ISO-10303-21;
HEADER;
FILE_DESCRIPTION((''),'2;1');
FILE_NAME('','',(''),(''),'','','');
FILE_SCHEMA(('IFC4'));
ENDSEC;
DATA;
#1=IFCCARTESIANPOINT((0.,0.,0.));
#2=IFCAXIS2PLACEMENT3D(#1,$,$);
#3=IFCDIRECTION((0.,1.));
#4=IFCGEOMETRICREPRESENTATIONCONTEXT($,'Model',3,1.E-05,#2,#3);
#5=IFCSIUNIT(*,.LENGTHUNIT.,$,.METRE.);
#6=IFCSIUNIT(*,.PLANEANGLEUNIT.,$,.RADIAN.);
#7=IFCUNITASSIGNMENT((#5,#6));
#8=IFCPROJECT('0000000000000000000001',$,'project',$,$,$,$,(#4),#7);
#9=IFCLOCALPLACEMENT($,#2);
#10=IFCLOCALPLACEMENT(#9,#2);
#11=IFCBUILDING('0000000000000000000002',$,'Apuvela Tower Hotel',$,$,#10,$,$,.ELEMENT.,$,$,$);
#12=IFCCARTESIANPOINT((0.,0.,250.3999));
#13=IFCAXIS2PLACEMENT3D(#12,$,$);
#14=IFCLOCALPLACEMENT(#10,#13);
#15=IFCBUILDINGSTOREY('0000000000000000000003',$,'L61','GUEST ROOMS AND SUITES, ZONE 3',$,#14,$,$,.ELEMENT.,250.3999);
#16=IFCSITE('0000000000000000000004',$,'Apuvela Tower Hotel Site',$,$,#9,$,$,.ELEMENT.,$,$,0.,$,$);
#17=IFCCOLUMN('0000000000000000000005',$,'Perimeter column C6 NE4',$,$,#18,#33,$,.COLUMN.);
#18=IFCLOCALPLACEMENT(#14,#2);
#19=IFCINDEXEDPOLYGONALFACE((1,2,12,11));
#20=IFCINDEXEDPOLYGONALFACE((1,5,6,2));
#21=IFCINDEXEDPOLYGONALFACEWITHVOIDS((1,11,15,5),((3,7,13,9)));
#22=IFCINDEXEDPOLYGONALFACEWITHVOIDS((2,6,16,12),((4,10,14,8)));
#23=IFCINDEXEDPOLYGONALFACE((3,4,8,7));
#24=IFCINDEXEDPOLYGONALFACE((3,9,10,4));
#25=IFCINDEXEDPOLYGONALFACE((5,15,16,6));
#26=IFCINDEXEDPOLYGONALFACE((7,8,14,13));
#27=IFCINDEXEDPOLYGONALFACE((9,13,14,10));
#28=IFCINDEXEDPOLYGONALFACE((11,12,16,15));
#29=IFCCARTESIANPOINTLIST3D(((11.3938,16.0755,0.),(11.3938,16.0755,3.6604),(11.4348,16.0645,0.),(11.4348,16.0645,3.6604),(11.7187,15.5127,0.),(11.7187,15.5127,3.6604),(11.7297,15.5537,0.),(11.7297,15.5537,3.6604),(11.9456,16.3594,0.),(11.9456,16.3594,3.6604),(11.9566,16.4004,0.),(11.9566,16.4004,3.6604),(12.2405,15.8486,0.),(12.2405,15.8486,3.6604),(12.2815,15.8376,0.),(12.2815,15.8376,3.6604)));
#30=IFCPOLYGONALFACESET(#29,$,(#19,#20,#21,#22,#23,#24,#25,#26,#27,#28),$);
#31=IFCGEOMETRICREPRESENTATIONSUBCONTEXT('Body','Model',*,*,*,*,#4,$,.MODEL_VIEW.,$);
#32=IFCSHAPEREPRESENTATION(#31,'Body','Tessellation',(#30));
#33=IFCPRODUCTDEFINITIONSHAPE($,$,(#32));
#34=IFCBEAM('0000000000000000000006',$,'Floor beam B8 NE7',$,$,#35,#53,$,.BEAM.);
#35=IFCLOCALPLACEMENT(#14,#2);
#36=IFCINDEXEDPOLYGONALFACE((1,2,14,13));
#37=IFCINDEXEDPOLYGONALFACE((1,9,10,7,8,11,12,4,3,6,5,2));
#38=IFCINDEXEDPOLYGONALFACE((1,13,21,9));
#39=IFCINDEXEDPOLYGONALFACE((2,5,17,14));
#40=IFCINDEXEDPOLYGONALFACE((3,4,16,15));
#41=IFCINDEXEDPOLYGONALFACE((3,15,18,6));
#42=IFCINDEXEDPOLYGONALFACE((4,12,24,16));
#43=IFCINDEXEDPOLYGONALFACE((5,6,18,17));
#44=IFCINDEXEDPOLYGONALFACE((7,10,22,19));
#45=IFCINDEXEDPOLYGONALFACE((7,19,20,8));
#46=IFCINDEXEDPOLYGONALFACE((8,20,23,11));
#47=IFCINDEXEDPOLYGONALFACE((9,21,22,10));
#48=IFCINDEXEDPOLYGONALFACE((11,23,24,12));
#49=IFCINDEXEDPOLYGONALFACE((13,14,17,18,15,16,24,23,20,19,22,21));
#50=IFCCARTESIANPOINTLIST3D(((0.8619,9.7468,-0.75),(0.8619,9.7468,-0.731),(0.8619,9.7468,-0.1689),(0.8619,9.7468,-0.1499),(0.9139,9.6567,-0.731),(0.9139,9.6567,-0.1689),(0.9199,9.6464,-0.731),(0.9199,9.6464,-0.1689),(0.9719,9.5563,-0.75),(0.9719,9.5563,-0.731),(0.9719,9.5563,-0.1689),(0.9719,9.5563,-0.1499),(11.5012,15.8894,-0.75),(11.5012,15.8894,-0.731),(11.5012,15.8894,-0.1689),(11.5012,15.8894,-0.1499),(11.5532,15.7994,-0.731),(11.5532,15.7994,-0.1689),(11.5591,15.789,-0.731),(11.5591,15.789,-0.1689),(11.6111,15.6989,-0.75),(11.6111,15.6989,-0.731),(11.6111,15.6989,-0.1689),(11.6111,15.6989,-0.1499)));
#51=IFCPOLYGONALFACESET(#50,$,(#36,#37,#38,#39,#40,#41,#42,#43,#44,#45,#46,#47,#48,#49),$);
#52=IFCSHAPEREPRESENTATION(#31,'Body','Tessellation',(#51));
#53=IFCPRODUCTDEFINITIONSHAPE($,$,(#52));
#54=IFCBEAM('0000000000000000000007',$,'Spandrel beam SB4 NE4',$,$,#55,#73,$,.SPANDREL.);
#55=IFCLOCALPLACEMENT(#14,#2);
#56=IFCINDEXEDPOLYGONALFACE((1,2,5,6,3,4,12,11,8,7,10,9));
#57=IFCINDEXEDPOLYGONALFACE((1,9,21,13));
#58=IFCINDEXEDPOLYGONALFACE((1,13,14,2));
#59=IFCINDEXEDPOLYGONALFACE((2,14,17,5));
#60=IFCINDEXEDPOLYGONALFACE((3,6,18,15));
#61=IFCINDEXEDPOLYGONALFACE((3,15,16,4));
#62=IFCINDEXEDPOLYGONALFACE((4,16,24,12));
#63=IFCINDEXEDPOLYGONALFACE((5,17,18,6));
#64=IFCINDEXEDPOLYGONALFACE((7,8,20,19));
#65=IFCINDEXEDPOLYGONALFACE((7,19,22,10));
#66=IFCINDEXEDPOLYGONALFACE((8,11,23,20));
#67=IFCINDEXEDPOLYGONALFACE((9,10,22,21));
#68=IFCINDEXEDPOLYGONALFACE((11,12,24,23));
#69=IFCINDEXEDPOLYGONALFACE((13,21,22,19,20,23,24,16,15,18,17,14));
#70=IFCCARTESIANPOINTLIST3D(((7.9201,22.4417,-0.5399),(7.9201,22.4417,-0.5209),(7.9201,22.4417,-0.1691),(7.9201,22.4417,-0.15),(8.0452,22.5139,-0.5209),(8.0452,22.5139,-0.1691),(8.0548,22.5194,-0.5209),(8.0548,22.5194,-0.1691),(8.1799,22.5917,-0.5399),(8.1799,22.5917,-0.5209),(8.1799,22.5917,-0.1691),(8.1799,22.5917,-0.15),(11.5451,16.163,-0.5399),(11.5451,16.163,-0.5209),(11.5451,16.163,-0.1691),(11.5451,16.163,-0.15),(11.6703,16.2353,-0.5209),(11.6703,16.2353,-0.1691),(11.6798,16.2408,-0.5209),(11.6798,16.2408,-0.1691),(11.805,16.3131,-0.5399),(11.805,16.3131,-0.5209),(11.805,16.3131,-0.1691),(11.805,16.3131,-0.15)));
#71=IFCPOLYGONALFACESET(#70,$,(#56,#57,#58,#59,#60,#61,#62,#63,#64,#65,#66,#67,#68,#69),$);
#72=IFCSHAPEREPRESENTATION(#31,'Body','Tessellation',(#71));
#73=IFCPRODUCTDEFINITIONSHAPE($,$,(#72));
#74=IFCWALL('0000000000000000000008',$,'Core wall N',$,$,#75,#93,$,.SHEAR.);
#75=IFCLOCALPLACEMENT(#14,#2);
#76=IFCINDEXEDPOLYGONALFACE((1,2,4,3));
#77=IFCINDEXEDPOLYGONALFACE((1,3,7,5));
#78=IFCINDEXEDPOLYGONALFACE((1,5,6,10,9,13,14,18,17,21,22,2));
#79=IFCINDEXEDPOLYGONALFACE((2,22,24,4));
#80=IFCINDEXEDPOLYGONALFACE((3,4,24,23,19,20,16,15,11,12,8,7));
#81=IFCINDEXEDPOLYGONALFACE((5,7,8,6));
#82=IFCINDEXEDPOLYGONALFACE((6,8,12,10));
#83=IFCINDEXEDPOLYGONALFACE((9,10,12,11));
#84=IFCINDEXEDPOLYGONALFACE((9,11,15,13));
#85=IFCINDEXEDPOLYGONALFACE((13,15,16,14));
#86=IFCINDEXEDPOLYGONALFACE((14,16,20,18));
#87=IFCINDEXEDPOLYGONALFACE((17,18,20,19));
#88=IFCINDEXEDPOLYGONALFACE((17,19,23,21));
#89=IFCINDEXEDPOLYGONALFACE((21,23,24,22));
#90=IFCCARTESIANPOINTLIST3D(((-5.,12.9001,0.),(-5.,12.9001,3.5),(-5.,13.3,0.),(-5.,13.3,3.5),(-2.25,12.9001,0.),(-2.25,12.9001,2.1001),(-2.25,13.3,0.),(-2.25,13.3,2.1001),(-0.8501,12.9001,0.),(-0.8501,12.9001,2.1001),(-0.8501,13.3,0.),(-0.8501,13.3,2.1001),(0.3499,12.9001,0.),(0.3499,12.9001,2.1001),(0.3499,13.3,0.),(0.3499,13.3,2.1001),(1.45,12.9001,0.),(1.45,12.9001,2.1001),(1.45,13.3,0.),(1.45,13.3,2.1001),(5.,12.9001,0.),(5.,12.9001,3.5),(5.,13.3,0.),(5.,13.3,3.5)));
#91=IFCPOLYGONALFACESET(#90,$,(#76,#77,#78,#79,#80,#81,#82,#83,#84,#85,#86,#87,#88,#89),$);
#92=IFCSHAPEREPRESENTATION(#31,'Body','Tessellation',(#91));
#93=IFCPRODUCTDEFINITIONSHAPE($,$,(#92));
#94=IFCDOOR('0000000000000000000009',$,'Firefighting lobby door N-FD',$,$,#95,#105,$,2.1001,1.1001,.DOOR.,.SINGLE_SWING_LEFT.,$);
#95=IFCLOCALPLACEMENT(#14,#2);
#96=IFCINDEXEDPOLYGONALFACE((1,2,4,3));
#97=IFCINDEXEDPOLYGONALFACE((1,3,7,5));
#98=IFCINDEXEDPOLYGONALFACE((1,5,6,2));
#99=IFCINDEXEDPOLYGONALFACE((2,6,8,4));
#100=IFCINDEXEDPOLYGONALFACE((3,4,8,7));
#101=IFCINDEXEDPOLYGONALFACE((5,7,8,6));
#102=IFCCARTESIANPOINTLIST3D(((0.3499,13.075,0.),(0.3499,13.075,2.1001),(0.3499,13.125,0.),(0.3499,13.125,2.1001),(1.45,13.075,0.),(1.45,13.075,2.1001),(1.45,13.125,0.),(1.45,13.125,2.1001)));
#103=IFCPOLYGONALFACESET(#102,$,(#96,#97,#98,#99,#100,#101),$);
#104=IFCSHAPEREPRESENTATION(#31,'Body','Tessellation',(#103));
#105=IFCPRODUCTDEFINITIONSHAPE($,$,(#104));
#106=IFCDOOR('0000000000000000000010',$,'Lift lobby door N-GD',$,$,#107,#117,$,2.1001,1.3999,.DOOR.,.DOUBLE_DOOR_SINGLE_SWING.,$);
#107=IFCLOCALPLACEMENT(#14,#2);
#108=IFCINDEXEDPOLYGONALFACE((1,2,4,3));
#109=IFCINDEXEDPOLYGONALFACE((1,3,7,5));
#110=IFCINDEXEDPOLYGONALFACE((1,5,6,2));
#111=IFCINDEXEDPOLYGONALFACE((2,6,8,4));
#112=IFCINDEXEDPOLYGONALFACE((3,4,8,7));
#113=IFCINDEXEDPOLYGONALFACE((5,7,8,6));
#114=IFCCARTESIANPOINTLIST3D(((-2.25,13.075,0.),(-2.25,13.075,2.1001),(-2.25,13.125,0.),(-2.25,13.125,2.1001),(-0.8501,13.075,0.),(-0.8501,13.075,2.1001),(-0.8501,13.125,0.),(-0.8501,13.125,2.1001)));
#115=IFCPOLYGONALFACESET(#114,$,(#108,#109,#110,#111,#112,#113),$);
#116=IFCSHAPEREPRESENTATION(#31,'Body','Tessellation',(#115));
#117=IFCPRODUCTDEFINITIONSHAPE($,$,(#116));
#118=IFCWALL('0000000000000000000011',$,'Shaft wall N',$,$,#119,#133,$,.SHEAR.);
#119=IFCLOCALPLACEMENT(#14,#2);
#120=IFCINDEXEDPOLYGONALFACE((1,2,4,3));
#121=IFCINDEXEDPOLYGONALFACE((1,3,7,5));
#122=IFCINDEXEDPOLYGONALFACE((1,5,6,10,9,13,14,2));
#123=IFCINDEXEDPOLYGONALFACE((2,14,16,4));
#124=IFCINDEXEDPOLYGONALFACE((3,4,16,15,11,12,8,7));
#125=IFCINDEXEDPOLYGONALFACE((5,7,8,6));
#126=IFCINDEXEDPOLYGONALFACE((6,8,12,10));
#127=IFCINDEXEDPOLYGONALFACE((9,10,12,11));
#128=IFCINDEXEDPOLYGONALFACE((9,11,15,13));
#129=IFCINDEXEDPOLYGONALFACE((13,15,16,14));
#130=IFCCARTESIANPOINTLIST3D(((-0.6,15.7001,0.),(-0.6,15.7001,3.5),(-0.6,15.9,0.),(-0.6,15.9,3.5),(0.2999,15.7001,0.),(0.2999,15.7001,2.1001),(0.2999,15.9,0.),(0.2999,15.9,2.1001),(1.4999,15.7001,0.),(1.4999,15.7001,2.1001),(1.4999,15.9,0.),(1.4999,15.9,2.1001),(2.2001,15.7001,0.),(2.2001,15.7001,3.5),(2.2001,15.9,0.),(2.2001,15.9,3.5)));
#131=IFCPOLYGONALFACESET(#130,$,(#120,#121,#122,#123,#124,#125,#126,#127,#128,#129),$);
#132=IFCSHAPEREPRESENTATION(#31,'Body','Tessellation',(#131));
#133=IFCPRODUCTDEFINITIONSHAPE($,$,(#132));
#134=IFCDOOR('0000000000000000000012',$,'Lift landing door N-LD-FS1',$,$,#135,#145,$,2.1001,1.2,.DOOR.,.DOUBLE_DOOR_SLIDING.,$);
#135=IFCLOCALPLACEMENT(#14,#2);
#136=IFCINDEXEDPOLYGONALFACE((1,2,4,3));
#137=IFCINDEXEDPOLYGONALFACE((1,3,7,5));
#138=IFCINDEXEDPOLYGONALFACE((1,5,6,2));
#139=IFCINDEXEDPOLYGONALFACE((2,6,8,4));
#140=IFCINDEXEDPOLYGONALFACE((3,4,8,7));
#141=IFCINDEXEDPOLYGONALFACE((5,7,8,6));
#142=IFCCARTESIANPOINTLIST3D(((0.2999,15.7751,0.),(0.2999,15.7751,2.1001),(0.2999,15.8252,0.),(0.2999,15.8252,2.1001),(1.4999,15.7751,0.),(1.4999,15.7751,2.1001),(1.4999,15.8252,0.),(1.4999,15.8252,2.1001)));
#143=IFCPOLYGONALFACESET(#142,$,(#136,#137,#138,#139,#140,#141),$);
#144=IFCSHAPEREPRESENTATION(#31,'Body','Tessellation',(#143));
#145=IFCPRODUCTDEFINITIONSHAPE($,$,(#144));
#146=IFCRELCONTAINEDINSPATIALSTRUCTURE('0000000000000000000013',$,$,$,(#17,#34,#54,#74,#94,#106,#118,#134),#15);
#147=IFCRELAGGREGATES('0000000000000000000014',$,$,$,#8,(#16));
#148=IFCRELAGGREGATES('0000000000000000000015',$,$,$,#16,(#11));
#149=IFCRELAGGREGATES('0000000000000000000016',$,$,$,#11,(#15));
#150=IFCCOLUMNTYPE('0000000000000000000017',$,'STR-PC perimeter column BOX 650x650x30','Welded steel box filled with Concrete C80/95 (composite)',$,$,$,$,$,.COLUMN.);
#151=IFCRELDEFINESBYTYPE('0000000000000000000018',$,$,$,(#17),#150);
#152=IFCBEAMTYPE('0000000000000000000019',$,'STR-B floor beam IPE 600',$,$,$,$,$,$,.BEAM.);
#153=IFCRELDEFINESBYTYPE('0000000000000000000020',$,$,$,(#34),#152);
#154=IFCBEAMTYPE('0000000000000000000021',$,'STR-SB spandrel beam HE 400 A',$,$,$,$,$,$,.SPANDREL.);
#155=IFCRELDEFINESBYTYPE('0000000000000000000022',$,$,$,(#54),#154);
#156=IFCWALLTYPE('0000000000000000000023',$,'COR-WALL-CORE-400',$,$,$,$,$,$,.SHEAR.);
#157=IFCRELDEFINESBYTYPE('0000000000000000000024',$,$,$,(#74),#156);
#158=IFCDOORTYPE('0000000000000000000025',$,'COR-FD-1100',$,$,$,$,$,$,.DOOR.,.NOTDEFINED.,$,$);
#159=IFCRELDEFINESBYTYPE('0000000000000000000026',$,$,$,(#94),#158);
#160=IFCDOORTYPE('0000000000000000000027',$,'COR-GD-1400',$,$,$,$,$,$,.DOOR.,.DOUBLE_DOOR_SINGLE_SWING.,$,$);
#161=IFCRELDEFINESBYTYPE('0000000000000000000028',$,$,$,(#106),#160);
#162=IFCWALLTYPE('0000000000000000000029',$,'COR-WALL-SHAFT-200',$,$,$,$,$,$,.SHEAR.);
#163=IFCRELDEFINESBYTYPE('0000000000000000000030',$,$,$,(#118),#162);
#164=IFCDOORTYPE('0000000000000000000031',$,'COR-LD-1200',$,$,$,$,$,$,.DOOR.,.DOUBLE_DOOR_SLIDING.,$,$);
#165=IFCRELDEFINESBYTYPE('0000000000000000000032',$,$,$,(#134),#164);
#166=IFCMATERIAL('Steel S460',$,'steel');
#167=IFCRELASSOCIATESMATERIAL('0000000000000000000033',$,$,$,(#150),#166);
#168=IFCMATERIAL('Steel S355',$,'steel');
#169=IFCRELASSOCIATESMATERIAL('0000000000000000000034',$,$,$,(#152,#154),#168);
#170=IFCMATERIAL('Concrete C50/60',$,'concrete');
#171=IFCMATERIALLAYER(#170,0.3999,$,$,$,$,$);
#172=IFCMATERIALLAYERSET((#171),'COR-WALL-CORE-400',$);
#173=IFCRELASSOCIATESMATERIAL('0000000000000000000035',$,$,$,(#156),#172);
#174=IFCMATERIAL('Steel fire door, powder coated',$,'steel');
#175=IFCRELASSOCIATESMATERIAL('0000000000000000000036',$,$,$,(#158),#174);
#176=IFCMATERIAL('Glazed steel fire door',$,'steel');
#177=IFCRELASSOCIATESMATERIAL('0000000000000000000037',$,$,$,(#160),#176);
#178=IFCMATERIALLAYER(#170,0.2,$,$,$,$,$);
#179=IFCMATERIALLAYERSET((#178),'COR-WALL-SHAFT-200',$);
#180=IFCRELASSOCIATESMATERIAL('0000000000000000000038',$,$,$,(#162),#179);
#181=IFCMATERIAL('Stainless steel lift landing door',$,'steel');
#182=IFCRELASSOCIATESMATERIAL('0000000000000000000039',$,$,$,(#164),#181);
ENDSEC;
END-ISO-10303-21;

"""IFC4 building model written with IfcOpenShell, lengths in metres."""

from ifc_helpers import new_model, si_unit, direction, frame, frame_2d, origin, origin_2d, place, context, subcontext, project, spatial, rectangle, hollow_rectangle, i_section, extrude, boolean, halfspace, material, layer, layer_set, material_profile, profile_set, type_object, element, fill, save


model = new_model("IFC4")

# Units and contexts
model_context = context("Model", 3, precision=1e-05, world=origin(), true_north=direction((0.0, 1.0)))
body_context = subcontext(model_context, "Body", "Model", "MODEL_VIEW")
ifc_project = project(units=[si_unit("LENGTHUNIT", "METRE"), si_unit("PLANEANGLEUNIT", "RADIAN")], contexts=[model_context])

# Site, building, storey
site_placement = place(None, origin())
site = spatial("IfcSite", under=ifc_project, at=site_placement, Name="Apuvela Tower Hotel Site", CompositionType="ELEMENT", RefElevation=0.0)
building_placement = place(site_placement, origin())
building = spatial("IfcBuilding", under=site, at=building_placement, Name="Apuvela Tower Hotel", CompositionType="ELEMENT")
storey_placement = place(building_placement, frame((0.0, 0.0, 250.3999)))
storey = spatial("IfcBuildingStorey", under=building, at=storey_placement, Name="L61", Description="GUEST ROOMS AND SUITES, ZONE 3", CompositionType="ELEMENT", Elevation=250.3999)

# Column
ifc_material_1 = material(Name="Steel S460", Category="steel")
ifc_material_profile_1 = material_profile(ifc_material_1, hollow_rectangle(XDim=0.6499, YDim=0.6499, WallThickness=0.03, at=origin_2d()), Name="BOX 650x650x30")
ifc_material_2 = material(Name="Concrete C80/95", Category="concrete")
ifc_material_profile_2 = material_profile(ifc_material_2, rectangle(XDim=0.5901, YDim=0.5901, at=origin_2d()), Name="Concrete C80/95 infill")
ifc_profile_set_1 = profile_set([ifc_material_profile_1, ifc_material_profile_2], Name="Steel S460")
column_type = type_object("IfcColumnType", Name="STR-PC perimeter column BOX 650x650x30", Description="Welded steel box filled with Concrete C80/95 (composite)", PredefinedType="COLUMN", material=ifc_profile_set_1)
column_placement = place(storey_placement, frame((11.8376, 15.9565, 0.0), z_axis=(0.0, 0.0, 1.0), x_axis=(-0.5, 0.866025, 0.0)))
element("IfcColumn", 1, at=column_placement, inside=storey, type_object=column_type, Name="Perimeter column C6 NE4", PredefinedType="COLUMN", context=body_context, shape_type="SweptSolid", body=[
    boolean("DIFFERENCE", extrude(hollow_rectangle(XDim=0.6499, YDim=0.6499, WallThickness=0.03, at=origin_2d()), origin(), (0.0, 0.0, 1.0), 3.7002), halfspace(frame((0.0, 0.0, 3.6604), z_axis=(0.0, 0.0, 1.0), x_axis=(1.0, 0.0, 0.0)), False)),
])

# Beams
ifc_material_3 = material(Name="Steel S355", Category="steel")
ifc_material_profile_3 = material_profile(ifc_material_3, i_section(OverallWidth=0.22, OverallDepth=0.6001, WebThickness=0.012, FlangeThickness=0.019, at=origin_2d()), Name="IPE 600")
ifc_profile_set_2 = profile_set([ifc_material_profile_3], Name="Steel S355")
beam_type_1 = type_object("IfcBeamType", Name="STR-B floor beam IPE 600", PredefinedType="BEAM", material=ifc_profile_set_2)
beam_1_placement = place(storey_placement, frame((11.5562, 15.7942, -0.45), z_axis=(-0.866023, -0.500003, 0.0), x_axis=(0.500003, -0.866023, 0.0)))
element("IfcBeam", 2, at=beam_1_placement, inside=storey, type_object=beam_type_1, Name="Floor beam B8 NE7", PredefinedType="BEAM", context=body_context, shape_type="SweptSolid", body=[
    extrude(i_section(OverallWidth=0.22, OverallDepth=0.6001, WebThickness=0.012, FlangeThickness=0.019, at=origin_2d()), origin(), (0.0, 0.0, 1.0), 12.2852),
])
ifc_material_profile_4 = material_profile(ifc_material_3, i_section(OverallWidth=0.3, OverallDepth=0.3899, WebThickness=0.011, FlangeThickness=0.019, at=origin_2d()), Name="HE 400 A")
ifc_profile_set_3 = profile_set([ifc_material_profile_4], Name="Steel S355")
beam_type_2 = type_object("IfcBeamType", Name="STR-SB spandrel beam HE 400 A", PredefinedType="SPANDREL", material=ifc_profile_set_3)
beam_2_placement = place(storey_placement, frame((11.675, 16.238, -0.345), z_axis=(-0.500007, 0.866021, 0.0), x_axis=(-0.866021, -0.500007, 0.0)))
element("IfcBeam", 3, at=beam_2_placement, inside=storey, type_object=beam_type_2, Name="Spandrel beam SB4 NE4", PredefinedType="SPANDREL", context=body_context, shape_type="SweptSolid", body=[
    extrude(i_section(OverallWidth=0.3, OverallDepth=0.3899, WebThickness=0.011, FlangeThickness=0.019, at=origin_2d()), origin(), (0.0, 0.0, 1.0), 7.25),
])

# Wall, openings, doors
ifc_material_4 = material(Name="Concrete C50/60", Category="concrete")
ifc_layer_1 = layer(ifc_material_4, 0.3999)
ifc_layer_set_1 = layer_set([ifc_layer_1], Name="COR-WALL-CORE-400")
wall_type_1 = type_object("IfcWallType", Name="COR-WALL-CORE-400", PredefinedType="SHEAR", material=ifc_layer_set_1)
wall_1_placement = place(storey_placement, frame((5.0, 13.1001, 0.0), z_axis=(0.0, 0.0, 1.0), x_axis=(-1.0, 0.0, 0.0)))
wall_1 = element("IfcWall", 4, at=wall_1_placement, inside=storey, type_object=wall_type_1, Name="Core wall N", PredefinedType="SHEAR", context=body_context, shape_type="SweptSolid", body=[
    extrude(rectangle(XDim=10.0, YDim=0.3999, at=frame_2d((5.0, 0.0))), origin(), (0.0, 0.0, 1.0), 3.5),
])
opening_1_placement = place(wall_1_placement, frame((3.55, 0.0, 0.0)))
opening_1 = element("IfcOpeningElement", 5, at=opening_1_placement, cuts=wall_1, PredefinedType="OPENING", context=body_context, shape_type="SweptSolid", body=[
    extrude(rectangle(XDim=1.1001, YDim=2.1001, at=frame_2d((0.55, 1.05))), frame((0.0, 0.21, 0.0), z_axis=(0.0, -1.0, 0.0), x_axis=(1.0, 0.0, 0.0)), (0.0, 0.0, 1.0), 0.4199),
])
opening_2_placement = place(wall_1_placement, frame((5.8501, 0.0, 0.0)))
opening_2 = element("IfcOpeningElement", 6, at=opening_2_placement, cuts=wall_1, PredefinedType="OPENING", context=body_context, shape_type="SweptSolid", body=[
    extrude(rectangle(XDim=1.3999, YDim=2.1001, at=frame_2d((0.7, 1.05))), frame((0.0, 0.21, 0.0), z_axis=(0.0, -1.0, 0.0), x_axis=(1.0, 0.0, 0.0)), (0.0, 0.0, 1.0), 0.4199),
])
ifc_material_5 = material(Name="Steel fire door, powder coated", Category="steel")
door_type_1 = type_object("IfcDoorType", Name="COR-FD-1100", OperationType="NOTDEFINED", PredefinedType="DOOR", material=ifc_material_5)
door_1_placement = place(opening_1_placement, frame((1.1001, 0.0, 0.0), z_axis=(0.0, 0.0, 1.0), x_axis=(-1.0, 0.0, 0.0)))
door_1 = element("IfcDoor", 7, at=door_1_placement, inside=storey, type_object=door_type_1, Name="Firefighting lobby door N-FD", OperationType="SINGLE_SWING_LEFT", OverallHeight=2.1001, OverallWidth=1.1001, PredefinedType="DOOR", context=body_context, shape_type="SweptSolid", body=[
    extrude(rectangle(XDim=1.1001, YDim=2.1001, at=frame_2d((0.55, 1.05))), frame((0.0, 0.0249, 0.0), z_axis=(0.0, -1.0, 0.0), x_axis=(1.0, 0.0, 0.0)), (0.0, 0.0, 1.0), 0.05),
])
fill(opening_1, door_1)
ifc_material_6 = material(Name="Glazed steel fire door", Category="steel")
door_type_2 = type_object("IfcDoorType", Name="COR-GD-1400", OperationType="DOUBLE_DOOR_SINGLE_SWING", PredefinedType="DOOR", material=ifc_material_6)
door_2_placement = place(opening_2_placement, frame((1.3999, 0.0, 0.0), z_axis=(0.0, 0.0, 1.0), x_axis=(-1.0, 0.0, 0.0)))
door_2 = element("IfcDoor", 8, at=door_2_placement, inside=storey, type_object=door_type_2, Name="Lift lobby door N-GD", OperationType="DOUBLE_DOOR_SINGLE_SWING", OverallHeight=2.1001, OverallWidth=1.3999, PredefinedType="DOOR", context=body_context, shape_type="SweptSolid", body=[
    extrude(rectangle(XDim=1.3999, YDim=2.1001, at=frame_2d((0.7, 1.05))), frame((0.0, 0.0249, 0.0), z_axis=(0.0, -1.0, 0.0), x_axis=(1.0, 0.0, 0.0)), (0.0, 0.0, 1.0), 0.05),
])
fill(opening_2, door_2)

# Wall, opening, door
ifc_layer_2 = layer(ifc_material_4, 0.2)
ifc_layer_set_2 = layer_set([ifc_layer_2], Name="COR-WALL-SHAFT-200")
wall_type_2 = type_object("IfcWallType", Name="COR-WALL-SHAFT-200", PredefinedType="SHEAR", material=ifc_layer_set_2)
wall_2_placement = place(storey_placement, frame((2.2, 15.8, 0.0), z_axis=(0.0, 0.0, 1.0), x_axis=(-1.0, 0.0, 0.0)))
wall_2 = element("IfcWall", 9, at=wall_2_placement, inside=storey, type_object=wall_type_2, Name="Shaft wall N", PredefinedType="SHEAR", context=body_context, shape_type="SweptSolid", body=[
    extrude(rectangle(XDim=2.8, YDim=0.2, at=frame_2d((1.3999, 0.0))), origin(), (0.0, 0.0, 1.0), 3.5),
])
opening_3_placement = place(wall_2_placement, frame((0.7, 0.0, 0.0)))
opening_3 = element("IfcOpeningElement", 10, at=opening_3_placement, cuts=wall_2, PredefinedType="OPENING", context=body_context, shape_type="SweptSolid", body=[
    extrude(rectangle(XDim=1.2, YDim=2.1001, at=frame_2d((0.6001, 1.05))), frame((0.0, 0.1099, 0.0), z_axis=(0.0, -1.0, 0.0), x_axis=(1.0, 0.0, 0.0)), (0.0, 0.0, 1.0), 0.22),
])
ifc_material_7 = material(Name="Stainless steel lift landing door", Category="steel")
door_type_3 = type_object("IfcDoorType", Name="COR-LD-1200", OperationType="DOUBLE_DOOR_SLIDING", PredefinedType="DOOR", material=ifc_material_7)
door_3_placement = place(opening_3_placement, origin())
door_3 = element("IfcDoor", 11, at=door_3_placement, inside=storey, type_object=door_type_3, Name="Lift landing door N-LD-FS1", OperationType="DOUBLE_DOOR_SLIDING", OverallHeight=2.1001, OverallWidth=1.2, PredefinedType="DOOR", context=body_context, shape_type="SweptSolid", body=[
    extrude(rectangle(XDim=1.2, YDim=2.1001, at=frame_2d((0.6001, 1.05))), frame((0.0, 0.0249, 0.0), z_axis=(0.0, -1.0, 0.0), x_axis=(1.0, 0.0, 0.0)), (0.0, 0.0, 1.0), 0.05),
])
fill(opening_3, door_3)

save(model, "model.ifc")
